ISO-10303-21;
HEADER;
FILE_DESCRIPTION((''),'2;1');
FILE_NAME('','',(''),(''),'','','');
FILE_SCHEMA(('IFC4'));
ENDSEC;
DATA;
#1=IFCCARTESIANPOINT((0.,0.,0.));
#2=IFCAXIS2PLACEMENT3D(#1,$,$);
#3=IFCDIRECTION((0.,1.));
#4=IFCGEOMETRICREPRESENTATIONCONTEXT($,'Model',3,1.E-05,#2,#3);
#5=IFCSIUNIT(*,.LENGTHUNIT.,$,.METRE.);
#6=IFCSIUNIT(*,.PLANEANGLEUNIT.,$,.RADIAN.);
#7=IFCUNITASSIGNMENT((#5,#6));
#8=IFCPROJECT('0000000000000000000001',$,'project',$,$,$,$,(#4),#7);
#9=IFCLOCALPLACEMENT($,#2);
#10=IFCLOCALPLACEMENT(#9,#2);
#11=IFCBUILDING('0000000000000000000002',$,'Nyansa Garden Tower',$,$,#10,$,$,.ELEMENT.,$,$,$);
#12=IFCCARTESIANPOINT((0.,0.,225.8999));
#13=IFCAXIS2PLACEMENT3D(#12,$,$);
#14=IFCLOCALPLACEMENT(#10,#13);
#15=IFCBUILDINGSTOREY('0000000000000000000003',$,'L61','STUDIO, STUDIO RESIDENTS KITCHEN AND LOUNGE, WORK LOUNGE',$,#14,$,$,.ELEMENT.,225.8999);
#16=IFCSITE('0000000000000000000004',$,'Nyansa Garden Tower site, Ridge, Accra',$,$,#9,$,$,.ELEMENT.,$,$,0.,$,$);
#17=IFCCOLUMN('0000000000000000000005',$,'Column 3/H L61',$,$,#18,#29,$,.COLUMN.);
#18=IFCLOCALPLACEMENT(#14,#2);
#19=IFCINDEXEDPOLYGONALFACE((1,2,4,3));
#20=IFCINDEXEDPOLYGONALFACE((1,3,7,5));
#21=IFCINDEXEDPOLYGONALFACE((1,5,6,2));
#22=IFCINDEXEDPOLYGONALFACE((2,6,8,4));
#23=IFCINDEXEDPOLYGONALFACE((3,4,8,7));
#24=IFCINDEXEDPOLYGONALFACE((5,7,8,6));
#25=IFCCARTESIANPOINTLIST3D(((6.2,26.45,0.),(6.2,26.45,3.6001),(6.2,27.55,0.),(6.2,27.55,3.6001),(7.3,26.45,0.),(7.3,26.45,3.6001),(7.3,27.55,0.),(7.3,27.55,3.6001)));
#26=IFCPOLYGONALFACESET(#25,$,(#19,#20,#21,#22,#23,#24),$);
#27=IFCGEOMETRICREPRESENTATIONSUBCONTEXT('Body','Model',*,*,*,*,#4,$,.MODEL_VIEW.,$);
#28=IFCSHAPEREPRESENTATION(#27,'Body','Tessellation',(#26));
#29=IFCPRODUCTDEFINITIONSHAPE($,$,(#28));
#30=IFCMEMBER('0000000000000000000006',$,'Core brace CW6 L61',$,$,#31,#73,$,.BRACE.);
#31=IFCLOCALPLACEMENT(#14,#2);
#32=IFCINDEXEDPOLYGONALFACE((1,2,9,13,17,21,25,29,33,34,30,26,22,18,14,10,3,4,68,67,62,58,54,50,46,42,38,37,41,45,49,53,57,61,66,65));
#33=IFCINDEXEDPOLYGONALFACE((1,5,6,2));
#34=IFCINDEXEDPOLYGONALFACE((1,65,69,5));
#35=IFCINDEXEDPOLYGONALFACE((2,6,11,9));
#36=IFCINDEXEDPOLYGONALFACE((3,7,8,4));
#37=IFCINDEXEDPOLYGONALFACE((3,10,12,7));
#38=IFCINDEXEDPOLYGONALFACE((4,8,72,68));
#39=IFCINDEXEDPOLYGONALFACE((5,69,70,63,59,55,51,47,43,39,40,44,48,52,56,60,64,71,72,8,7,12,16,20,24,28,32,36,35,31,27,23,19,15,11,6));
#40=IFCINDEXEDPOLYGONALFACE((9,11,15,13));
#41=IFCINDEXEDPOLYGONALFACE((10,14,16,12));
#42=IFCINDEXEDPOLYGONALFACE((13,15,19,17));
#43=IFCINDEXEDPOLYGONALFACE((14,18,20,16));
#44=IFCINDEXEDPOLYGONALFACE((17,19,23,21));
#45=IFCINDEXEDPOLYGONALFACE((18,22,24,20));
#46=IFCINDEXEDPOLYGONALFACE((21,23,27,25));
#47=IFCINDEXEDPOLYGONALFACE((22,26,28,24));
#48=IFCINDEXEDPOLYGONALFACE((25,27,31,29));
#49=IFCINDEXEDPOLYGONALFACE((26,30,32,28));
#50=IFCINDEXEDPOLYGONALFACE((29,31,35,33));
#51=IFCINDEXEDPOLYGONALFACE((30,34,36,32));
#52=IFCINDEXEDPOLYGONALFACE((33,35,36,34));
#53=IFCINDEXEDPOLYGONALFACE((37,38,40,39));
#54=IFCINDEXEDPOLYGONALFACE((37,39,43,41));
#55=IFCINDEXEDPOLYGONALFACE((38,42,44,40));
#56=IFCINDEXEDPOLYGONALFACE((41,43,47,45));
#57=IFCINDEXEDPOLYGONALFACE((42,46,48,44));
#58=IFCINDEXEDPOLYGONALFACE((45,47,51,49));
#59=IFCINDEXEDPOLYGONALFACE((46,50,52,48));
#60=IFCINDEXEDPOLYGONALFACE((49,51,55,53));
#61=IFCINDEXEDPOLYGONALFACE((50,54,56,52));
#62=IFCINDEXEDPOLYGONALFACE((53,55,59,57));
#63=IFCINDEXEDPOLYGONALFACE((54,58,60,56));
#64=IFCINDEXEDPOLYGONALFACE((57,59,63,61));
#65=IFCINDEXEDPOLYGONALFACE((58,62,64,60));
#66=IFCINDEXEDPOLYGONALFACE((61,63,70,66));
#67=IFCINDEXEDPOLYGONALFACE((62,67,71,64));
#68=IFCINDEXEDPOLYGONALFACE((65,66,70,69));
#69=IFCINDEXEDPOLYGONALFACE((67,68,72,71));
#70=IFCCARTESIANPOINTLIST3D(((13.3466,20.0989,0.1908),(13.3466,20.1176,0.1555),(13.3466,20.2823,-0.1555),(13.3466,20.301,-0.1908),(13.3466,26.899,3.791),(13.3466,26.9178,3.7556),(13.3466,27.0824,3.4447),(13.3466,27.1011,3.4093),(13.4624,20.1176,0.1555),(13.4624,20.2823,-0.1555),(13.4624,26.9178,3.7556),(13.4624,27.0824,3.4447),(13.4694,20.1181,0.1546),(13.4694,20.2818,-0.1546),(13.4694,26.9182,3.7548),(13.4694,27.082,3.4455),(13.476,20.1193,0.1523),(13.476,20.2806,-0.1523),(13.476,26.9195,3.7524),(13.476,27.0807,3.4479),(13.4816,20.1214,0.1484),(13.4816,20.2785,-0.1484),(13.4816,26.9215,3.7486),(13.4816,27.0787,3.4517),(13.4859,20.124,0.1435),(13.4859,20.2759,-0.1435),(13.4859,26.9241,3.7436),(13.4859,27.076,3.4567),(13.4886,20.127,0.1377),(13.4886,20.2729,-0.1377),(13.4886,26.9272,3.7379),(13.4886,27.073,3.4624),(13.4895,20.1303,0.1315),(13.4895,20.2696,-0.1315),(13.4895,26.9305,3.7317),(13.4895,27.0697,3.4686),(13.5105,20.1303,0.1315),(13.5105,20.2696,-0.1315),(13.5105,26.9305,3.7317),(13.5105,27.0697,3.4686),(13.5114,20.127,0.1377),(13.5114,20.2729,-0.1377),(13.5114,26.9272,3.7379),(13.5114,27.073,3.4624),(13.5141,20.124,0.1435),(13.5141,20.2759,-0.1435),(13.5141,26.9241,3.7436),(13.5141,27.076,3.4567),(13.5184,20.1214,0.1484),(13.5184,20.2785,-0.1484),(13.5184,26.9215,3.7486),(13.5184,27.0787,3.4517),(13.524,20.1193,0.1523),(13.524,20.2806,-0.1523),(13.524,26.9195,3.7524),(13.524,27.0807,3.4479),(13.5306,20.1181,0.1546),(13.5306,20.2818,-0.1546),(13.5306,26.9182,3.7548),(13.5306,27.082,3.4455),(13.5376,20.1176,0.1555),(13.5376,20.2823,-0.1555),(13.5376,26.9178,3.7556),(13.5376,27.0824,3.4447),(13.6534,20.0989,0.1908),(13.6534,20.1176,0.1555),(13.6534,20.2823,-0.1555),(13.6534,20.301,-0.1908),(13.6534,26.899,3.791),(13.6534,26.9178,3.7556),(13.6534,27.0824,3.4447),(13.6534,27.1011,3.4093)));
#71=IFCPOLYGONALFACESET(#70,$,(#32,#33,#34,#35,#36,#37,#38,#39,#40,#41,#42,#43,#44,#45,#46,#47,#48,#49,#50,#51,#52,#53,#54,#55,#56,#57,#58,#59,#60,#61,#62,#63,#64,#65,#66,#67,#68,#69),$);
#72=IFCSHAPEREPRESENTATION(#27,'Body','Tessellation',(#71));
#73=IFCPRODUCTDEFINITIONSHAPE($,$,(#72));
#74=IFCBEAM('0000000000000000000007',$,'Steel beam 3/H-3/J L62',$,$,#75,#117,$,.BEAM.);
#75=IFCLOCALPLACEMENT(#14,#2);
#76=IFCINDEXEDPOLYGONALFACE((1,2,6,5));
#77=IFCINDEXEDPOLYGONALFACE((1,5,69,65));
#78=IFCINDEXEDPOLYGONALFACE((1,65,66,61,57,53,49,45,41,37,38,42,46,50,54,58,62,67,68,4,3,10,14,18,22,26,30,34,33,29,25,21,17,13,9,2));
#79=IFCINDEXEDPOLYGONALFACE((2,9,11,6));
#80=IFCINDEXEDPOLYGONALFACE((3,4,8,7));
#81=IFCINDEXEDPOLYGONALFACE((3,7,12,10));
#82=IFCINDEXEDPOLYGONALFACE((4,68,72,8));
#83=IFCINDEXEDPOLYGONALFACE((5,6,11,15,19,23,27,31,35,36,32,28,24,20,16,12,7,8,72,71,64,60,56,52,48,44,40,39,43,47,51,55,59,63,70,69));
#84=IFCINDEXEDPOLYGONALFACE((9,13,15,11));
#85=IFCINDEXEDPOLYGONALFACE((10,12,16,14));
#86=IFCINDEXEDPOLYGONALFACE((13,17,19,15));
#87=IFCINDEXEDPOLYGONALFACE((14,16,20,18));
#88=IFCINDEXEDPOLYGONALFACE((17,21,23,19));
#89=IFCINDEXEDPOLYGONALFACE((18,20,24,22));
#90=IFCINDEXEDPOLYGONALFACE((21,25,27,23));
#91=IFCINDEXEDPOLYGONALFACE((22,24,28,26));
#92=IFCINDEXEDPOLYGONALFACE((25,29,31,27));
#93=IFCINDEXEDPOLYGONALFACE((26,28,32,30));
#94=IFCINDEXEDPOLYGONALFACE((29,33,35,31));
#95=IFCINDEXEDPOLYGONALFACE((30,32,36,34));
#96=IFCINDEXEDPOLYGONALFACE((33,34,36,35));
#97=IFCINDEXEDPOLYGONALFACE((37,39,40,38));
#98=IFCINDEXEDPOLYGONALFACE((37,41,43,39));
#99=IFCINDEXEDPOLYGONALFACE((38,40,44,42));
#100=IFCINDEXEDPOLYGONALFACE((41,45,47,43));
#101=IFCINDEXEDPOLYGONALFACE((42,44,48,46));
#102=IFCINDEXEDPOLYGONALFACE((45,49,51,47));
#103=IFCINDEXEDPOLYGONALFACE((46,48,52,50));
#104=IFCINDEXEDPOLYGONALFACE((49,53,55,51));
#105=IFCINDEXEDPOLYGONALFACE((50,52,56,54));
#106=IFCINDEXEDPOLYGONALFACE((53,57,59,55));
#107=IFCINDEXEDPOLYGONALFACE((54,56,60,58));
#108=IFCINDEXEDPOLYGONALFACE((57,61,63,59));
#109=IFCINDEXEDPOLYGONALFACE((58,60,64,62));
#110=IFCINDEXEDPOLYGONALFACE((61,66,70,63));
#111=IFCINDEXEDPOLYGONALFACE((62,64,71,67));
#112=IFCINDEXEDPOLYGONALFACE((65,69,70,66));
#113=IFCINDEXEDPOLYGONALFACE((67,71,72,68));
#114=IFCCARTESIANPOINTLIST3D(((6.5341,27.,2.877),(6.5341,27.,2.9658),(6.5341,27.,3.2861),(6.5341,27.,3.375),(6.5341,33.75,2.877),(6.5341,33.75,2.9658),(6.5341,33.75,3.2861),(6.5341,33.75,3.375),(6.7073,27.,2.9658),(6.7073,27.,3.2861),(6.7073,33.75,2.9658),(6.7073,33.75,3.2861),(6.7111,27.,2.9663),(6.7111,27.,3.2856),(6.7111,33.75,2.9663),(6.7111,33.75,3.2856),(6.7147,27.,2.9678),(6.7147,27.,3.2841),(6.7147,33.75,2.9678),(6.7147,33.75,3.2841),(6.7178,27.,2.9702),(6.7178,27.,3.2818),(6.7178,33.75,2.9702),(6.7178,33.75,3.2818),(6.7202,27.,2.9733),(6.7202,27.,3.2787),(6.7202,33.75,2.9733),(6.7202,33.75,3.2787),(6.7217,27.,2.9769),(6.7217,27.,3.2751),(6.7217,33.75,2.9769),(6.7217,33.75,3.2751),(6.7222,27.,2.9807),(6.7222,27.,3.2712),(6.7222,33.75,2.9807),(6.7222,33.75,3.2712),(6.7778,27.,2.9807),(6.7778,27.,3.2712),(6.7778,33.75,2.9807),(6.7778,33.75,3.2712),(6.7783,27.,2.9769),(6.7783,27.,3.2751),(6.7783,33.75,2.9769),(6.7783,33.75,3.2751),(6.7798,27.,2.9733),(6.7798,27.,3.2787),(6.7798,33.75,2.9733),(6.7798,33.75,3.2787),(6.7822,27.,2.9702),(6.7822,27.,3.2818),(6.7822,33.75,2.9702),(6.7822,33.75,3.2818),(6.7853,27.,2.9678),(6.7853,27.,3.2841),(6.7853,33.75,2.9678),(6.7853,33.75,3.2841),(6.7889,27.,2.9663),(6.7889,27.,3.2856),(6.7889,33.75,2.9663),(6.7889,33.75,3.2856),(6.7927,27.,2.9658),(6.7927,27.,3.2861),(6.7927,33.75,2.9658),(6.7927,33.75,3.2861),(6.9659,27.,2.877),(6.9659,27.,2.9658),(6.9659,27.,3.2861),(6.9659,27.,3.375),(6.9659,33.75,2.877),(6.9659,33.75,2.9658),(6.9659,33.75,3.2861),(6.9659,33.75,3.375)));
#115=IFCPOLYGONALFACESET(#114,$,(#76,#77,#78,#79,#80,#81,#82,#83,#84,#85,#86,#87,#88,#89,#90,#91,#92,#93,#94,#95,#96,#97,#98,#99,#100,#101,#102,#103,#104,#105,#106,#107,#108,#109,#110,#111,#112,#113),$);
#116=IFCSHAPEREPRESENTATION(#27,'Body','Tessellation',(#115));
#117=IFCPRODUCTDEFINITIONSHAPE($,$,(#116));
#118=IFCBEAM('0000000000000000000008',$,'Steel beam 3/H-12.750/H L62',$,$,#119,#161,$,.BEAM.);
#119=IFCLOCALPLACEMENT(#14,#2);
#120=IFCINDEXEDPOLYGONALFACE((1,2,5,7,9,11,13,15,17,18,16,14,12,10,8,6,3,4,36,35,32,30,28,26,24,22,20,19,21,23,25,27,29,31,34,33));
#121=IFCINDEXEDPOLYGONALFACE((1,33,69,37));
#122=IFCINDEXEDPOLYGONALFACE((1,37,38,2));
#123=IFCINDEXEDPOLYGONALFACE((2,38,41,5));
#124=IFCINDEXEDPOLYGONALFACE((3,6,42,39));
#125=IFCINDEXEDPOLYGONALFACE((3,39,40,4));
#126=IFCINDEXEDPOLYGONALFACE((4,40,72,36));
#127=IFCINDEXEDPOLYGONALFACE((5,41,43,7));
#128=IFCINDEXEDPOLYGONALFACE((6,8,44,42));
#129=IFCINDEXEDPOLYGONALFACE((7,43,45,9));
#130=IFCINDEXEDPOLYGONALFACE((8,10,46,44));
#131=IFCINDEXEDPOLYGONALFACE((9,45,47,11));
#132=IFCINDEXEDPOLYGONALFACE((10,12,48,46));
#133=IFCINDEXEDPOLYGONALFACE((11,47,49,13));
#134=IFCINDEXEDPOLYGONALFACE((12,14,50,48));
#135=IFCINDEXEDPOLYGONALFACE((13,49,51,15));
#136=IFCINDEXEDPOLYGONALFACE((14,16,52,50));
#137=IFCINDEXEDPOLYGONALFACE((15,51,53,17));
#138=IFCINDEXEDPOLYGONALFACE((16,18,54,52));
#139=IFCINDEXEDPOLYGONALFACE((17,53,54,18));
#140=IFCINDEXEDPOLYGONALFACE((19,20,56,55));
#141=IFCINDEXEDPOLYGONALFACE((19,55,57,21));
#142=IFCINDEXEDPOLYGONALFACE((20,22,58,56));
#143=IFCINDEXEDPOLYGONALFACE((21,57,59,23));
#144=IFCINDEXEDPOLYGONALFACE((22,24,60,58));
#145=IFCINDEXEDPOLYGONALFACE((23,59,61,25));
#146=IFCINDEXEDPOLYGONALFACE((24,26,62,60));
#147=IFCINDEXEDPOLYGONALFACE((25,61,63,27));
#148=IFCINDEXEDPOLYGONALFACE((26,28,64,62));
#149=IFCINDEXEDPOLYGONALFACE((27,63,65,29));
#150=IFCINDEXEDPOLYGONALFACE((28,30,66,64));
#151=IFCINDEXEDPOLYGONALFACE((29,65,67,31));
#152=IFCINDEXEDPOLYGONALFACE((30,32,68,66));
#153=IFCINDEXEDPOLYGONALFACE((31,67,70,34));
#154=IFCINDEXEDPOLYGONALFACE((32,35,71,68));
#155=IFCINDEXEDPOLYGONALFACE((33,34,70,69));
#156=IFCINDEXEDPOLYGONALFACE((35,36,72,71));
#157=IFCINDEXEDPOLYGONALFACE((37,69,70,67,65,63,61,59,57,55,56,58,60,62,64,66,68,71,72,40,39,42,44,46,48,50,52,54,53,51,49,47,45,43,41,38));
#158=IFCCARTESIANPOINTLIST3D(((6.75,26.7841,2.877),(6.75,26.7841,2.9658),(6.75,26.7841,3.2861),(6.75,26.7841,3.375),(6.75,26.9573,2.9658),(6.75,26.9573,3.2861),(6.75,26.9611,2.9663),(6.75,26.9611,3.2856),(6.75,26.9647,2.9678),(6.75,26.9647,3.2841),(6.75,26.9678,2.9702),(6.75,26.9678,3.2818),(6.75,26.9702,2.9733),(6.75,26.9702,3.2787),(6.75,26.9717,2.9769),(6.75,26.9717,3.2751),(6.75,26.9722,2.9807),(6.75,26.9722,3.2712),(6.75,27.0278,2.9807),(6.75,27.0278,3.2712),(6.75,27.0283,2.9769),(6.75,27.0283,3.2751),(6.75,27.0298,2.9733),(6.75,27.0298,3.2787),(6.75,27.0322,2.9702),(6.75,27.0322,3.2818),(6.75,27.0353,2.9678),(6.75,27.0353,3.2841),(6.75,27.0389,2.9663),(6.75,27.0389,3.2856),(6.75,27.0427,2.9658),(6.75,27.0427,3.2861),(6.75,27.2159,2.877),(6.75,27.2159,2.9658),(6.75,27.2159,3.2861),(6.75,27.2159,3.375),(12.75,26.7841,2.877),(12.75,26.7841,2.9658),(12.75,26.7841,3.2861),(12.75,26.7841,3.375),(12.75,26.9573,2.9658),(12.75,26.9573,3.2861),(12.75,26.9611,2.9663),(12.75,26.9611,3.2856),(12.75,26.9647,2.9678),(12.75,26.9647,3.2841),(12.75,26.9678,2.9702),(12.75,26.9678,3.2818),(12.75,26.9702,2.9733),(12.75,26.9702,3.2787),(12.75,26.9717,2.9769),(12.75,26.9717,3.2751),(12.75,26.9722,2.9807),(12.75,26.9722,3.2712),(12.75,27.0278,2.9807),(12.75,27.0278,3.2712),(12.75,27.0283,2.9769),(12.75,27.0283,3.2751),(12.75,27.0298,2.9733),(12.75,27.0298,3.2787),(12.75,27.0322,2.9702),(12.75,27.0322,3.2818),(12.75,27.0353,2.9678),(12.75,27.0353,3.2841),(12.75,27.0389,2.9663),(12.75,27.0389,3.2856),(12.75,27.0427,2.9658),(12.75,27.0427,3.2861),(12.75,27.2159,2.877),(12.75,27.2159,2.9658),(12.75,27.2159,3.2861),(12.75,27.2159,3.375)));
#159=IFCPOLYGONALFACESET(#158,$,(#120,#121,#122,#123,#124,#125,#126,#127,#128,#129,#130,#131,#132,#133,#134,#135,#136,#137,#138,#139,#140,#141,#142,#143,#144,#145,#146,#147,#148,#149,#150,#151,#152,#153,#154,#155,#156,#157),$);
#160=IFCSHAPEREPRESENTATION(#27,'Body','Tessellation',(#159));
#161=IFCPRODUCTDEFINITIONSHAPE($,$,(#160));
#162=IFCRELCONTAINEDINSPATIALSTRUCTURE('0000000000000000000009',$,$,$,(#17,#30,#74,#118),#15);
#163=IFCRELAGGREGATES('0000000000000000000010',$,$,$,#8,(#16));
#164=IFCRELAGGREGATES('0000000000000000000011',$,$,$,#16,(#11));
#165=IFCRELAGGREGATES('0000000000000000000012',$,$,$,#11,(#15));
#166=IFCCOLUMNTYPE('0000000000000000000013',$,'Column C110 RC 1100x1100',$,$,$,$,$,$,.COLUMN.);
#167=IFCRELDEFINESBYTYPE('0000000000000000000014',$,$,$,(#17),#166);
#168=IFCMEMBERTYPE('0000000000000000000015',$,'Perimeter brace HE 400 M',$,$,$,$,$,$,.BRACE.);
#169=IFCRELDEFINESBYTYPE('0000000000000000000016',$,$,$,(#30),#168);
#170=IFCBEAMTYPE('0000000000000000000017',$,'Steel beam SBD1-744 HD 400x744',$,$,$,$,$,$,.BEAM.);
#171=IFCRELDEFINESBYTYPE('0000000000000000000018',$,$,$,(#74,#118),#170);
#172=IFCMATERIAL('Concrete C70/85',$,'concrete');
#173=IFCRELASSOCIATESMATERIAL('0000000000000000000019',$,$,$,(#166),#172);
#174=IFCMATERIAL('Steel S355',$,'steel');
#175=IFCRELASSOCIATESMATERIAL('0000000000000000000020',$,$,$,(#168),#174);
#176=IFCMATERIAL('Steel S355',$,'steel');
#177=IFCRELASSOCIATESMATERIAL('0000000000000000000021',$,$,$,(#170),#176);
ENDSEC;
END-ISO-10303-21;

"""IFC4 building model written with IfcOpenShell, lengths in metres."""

from ifc_helpers import new_model, si_unit, direction, frame, origin, origin_2d, place, context, subcontext, project, spatial, rectangle, i_section, extrude, material, material_profile, profile_set, type_object, element, save


model = new_model("IFC4")

# Units and contexts
model_context = context("Model", 3, precision=1e-05, world=origin(), true_north=direction((0.0, 1.0)))
body_context = subcontext(model_context, "Body", "Model", "MODEL_VIEW")
ifc_project = project(units=[si_unit("LENGTHUNIT", "METRE"), si_unit("PLANEANGLEUNIT", "RADIAN")], contexts=[model_context])

# Site, building, storey
site_placement = place(None, origin())
site = spatial("IfcSite", under=ifc_project, at=site_placement, Name="Nyansa Garden Tower site, Ridge, Accra", CompositionType="ELEMENT", RefElevation=0.0)
building_placement = place(site_placement, origin())
building = spatial("IfcBuilding", under=site, at=building_placement, Name="Nyansa Garden Tower", CompositionType="ELEMENT")
storey_placement = place(building_placement, frame((0.0, 0.0, 225.8999)))
storey = spatial("IfcBuildingStorey", under=building, at=storey_placement, Name="L61", Description="STUDIO, STUDIO RESIDENTS KITCHEN AND LOUNGE, WORK LOUNGE", CompositionType="ELEMENT", Elevation=225.8999)

# Column
ifc_material_1 = material(Name="Concrete C70/85", Category="concrete")
ifc_material_profile_1 = material_profile(ifc_material_1, rectangle(XDim=1.1001, YDim=1.1001, at=origin_2d()), Name="RC 1100x1100")
ifc_profile_set_1 = profile_set([ifc_material_profile_1], Name="Concrete C70/85")
column_type = type_object("IfcColumnType", Name="Column C110 RC 1100x1100", PredefinedType="COLUMN", material=ifc_profile_set_1)
column_placement = place(storey_placement, frame((6.75, 27.0, 0.0), z_axis=(0.0, 0.0, 1.0), x_axis=(1.0, 0.0, 0.0)))
element("IfcColumn", 1, at=column_placement, inside=storey, type_object=column_type, Name="Column 3/H L61", PredefinedType="COLUMN", context=body_context, shape_type="SweptSolid", body=[
    extrude(rectangle(XDim=1.1001, YDim=1.1001, at=origin_2d()), origin(), (0.0, 0.0, 1.0), 3.6001),
])

# Member
ifc_material_2 = material(Name="Steel S355", Category="steel")
ifc_material_profile_2 = material_profile(ifc_material_2, i_section(OverallWidth=0.3069, OverallDepth=0.4319, WebThickness=0.021, FlangeThickness=0.04, FilletRadius=0.0271, at=origin_2d()), Name="HE 400 M")
ifc_profile_set_2 = profile_set([ifc_material_profile_2], Name="Steel S355")
member_type = type_object("IfcMemberType", Name="Perimeter brace HE 400 M", PredefinedType="BRACE", material=ifc_profile_set_2)
member_placement = place(storey_placement, frame((13.5, 20.2, 0.0), z_axis=(0.0, 0.883784, 0.467895), x_axis=(-1.0, 0.0, 0.0)))
element("IfcMember", 2, at=member_placement, inside=storey, type_object=member_type, Name="Core brace CW6 L61", PredefinedType="BRACE", context=body_context, shape_type="SweptSolid", body=[
    extrude(i_section(OverallWidth=0.3069, OverallDepth=0.4319, WebThickness=0.021, FlangeThickness=0.04, FilletRadius=0.0271, at=origin_2d()), origin(), (0.0, 0.0, 1.0), 7.6943),
])

# Beams
ifc_material_3 = material(Name="Steel S355", Category="steel")
ifc_material_profile_3 = material_profile(ifc_material_3, i_section(OverallWidth=0.4319, OverallDepth=0.498, WebThickness=0.0557, FlangeThickness=0.0889, FilletRadius=0.0149, at=origin_2d()), Name="HD 400x744")
ifc_profile_set_3 = profile_set([ifc_material_profile_3], Name="Steel S355")
beam_type_1 = type_object("IfcBeamType", Name="Steel beam SBD1-744 HD 400x744", PredefinedType="BEAM", material=ifc_profile_set_3)
beam_1_placement = place(storey_placement, frame((6.75, 27.0, 3.126), z_axis=(0.0, 1.0, 0.0), x_axis=(-1.0, 0.0, 0.0)))
element("IfcBeam", 3, at=beam_1_placement, inside=storey, type_object=beam_type_1, Name="Steel beam 3/H-3/J L62", PredefinedType="BEAM", context=body_context, shape_type="SweptSolid", body=[
    extrude(i_section(OverallWidth=0.4319, OverallDepth=0.498, WebThickness=0.0557, FlangeThickness=0.0889, FilletRadius=0.0149, at=origin_2d()), origin(), (0.0, 0.0, 1.0), 6.75),
])
beam_2_placement = place(storey_placement, frame((6.75, 27.0, 3.126), z_axis=(1.0, 0.0, 0.0), x_axis=(0.0, 1.0, 0.0)))
element("IfcBeam", 4, at=beam_2_placement, inside=storey, type_object=beam_type_1, Name="Steel beam 3/H-12.750/H L62", PredefinedType="BEAM", context=body_context, shape_type="SweptSolid", body=[
    extrude(i_section(OverallWidth=0.4319, OverallDepth=0.498, WebThickness=0.0557, FlangeThickness=0.0889, FilletRadius=0.0149, at=origin_2d()), origin(), (0.0, 0.0, 1.0), 6.0),
])

save(model, "model.ifc")
